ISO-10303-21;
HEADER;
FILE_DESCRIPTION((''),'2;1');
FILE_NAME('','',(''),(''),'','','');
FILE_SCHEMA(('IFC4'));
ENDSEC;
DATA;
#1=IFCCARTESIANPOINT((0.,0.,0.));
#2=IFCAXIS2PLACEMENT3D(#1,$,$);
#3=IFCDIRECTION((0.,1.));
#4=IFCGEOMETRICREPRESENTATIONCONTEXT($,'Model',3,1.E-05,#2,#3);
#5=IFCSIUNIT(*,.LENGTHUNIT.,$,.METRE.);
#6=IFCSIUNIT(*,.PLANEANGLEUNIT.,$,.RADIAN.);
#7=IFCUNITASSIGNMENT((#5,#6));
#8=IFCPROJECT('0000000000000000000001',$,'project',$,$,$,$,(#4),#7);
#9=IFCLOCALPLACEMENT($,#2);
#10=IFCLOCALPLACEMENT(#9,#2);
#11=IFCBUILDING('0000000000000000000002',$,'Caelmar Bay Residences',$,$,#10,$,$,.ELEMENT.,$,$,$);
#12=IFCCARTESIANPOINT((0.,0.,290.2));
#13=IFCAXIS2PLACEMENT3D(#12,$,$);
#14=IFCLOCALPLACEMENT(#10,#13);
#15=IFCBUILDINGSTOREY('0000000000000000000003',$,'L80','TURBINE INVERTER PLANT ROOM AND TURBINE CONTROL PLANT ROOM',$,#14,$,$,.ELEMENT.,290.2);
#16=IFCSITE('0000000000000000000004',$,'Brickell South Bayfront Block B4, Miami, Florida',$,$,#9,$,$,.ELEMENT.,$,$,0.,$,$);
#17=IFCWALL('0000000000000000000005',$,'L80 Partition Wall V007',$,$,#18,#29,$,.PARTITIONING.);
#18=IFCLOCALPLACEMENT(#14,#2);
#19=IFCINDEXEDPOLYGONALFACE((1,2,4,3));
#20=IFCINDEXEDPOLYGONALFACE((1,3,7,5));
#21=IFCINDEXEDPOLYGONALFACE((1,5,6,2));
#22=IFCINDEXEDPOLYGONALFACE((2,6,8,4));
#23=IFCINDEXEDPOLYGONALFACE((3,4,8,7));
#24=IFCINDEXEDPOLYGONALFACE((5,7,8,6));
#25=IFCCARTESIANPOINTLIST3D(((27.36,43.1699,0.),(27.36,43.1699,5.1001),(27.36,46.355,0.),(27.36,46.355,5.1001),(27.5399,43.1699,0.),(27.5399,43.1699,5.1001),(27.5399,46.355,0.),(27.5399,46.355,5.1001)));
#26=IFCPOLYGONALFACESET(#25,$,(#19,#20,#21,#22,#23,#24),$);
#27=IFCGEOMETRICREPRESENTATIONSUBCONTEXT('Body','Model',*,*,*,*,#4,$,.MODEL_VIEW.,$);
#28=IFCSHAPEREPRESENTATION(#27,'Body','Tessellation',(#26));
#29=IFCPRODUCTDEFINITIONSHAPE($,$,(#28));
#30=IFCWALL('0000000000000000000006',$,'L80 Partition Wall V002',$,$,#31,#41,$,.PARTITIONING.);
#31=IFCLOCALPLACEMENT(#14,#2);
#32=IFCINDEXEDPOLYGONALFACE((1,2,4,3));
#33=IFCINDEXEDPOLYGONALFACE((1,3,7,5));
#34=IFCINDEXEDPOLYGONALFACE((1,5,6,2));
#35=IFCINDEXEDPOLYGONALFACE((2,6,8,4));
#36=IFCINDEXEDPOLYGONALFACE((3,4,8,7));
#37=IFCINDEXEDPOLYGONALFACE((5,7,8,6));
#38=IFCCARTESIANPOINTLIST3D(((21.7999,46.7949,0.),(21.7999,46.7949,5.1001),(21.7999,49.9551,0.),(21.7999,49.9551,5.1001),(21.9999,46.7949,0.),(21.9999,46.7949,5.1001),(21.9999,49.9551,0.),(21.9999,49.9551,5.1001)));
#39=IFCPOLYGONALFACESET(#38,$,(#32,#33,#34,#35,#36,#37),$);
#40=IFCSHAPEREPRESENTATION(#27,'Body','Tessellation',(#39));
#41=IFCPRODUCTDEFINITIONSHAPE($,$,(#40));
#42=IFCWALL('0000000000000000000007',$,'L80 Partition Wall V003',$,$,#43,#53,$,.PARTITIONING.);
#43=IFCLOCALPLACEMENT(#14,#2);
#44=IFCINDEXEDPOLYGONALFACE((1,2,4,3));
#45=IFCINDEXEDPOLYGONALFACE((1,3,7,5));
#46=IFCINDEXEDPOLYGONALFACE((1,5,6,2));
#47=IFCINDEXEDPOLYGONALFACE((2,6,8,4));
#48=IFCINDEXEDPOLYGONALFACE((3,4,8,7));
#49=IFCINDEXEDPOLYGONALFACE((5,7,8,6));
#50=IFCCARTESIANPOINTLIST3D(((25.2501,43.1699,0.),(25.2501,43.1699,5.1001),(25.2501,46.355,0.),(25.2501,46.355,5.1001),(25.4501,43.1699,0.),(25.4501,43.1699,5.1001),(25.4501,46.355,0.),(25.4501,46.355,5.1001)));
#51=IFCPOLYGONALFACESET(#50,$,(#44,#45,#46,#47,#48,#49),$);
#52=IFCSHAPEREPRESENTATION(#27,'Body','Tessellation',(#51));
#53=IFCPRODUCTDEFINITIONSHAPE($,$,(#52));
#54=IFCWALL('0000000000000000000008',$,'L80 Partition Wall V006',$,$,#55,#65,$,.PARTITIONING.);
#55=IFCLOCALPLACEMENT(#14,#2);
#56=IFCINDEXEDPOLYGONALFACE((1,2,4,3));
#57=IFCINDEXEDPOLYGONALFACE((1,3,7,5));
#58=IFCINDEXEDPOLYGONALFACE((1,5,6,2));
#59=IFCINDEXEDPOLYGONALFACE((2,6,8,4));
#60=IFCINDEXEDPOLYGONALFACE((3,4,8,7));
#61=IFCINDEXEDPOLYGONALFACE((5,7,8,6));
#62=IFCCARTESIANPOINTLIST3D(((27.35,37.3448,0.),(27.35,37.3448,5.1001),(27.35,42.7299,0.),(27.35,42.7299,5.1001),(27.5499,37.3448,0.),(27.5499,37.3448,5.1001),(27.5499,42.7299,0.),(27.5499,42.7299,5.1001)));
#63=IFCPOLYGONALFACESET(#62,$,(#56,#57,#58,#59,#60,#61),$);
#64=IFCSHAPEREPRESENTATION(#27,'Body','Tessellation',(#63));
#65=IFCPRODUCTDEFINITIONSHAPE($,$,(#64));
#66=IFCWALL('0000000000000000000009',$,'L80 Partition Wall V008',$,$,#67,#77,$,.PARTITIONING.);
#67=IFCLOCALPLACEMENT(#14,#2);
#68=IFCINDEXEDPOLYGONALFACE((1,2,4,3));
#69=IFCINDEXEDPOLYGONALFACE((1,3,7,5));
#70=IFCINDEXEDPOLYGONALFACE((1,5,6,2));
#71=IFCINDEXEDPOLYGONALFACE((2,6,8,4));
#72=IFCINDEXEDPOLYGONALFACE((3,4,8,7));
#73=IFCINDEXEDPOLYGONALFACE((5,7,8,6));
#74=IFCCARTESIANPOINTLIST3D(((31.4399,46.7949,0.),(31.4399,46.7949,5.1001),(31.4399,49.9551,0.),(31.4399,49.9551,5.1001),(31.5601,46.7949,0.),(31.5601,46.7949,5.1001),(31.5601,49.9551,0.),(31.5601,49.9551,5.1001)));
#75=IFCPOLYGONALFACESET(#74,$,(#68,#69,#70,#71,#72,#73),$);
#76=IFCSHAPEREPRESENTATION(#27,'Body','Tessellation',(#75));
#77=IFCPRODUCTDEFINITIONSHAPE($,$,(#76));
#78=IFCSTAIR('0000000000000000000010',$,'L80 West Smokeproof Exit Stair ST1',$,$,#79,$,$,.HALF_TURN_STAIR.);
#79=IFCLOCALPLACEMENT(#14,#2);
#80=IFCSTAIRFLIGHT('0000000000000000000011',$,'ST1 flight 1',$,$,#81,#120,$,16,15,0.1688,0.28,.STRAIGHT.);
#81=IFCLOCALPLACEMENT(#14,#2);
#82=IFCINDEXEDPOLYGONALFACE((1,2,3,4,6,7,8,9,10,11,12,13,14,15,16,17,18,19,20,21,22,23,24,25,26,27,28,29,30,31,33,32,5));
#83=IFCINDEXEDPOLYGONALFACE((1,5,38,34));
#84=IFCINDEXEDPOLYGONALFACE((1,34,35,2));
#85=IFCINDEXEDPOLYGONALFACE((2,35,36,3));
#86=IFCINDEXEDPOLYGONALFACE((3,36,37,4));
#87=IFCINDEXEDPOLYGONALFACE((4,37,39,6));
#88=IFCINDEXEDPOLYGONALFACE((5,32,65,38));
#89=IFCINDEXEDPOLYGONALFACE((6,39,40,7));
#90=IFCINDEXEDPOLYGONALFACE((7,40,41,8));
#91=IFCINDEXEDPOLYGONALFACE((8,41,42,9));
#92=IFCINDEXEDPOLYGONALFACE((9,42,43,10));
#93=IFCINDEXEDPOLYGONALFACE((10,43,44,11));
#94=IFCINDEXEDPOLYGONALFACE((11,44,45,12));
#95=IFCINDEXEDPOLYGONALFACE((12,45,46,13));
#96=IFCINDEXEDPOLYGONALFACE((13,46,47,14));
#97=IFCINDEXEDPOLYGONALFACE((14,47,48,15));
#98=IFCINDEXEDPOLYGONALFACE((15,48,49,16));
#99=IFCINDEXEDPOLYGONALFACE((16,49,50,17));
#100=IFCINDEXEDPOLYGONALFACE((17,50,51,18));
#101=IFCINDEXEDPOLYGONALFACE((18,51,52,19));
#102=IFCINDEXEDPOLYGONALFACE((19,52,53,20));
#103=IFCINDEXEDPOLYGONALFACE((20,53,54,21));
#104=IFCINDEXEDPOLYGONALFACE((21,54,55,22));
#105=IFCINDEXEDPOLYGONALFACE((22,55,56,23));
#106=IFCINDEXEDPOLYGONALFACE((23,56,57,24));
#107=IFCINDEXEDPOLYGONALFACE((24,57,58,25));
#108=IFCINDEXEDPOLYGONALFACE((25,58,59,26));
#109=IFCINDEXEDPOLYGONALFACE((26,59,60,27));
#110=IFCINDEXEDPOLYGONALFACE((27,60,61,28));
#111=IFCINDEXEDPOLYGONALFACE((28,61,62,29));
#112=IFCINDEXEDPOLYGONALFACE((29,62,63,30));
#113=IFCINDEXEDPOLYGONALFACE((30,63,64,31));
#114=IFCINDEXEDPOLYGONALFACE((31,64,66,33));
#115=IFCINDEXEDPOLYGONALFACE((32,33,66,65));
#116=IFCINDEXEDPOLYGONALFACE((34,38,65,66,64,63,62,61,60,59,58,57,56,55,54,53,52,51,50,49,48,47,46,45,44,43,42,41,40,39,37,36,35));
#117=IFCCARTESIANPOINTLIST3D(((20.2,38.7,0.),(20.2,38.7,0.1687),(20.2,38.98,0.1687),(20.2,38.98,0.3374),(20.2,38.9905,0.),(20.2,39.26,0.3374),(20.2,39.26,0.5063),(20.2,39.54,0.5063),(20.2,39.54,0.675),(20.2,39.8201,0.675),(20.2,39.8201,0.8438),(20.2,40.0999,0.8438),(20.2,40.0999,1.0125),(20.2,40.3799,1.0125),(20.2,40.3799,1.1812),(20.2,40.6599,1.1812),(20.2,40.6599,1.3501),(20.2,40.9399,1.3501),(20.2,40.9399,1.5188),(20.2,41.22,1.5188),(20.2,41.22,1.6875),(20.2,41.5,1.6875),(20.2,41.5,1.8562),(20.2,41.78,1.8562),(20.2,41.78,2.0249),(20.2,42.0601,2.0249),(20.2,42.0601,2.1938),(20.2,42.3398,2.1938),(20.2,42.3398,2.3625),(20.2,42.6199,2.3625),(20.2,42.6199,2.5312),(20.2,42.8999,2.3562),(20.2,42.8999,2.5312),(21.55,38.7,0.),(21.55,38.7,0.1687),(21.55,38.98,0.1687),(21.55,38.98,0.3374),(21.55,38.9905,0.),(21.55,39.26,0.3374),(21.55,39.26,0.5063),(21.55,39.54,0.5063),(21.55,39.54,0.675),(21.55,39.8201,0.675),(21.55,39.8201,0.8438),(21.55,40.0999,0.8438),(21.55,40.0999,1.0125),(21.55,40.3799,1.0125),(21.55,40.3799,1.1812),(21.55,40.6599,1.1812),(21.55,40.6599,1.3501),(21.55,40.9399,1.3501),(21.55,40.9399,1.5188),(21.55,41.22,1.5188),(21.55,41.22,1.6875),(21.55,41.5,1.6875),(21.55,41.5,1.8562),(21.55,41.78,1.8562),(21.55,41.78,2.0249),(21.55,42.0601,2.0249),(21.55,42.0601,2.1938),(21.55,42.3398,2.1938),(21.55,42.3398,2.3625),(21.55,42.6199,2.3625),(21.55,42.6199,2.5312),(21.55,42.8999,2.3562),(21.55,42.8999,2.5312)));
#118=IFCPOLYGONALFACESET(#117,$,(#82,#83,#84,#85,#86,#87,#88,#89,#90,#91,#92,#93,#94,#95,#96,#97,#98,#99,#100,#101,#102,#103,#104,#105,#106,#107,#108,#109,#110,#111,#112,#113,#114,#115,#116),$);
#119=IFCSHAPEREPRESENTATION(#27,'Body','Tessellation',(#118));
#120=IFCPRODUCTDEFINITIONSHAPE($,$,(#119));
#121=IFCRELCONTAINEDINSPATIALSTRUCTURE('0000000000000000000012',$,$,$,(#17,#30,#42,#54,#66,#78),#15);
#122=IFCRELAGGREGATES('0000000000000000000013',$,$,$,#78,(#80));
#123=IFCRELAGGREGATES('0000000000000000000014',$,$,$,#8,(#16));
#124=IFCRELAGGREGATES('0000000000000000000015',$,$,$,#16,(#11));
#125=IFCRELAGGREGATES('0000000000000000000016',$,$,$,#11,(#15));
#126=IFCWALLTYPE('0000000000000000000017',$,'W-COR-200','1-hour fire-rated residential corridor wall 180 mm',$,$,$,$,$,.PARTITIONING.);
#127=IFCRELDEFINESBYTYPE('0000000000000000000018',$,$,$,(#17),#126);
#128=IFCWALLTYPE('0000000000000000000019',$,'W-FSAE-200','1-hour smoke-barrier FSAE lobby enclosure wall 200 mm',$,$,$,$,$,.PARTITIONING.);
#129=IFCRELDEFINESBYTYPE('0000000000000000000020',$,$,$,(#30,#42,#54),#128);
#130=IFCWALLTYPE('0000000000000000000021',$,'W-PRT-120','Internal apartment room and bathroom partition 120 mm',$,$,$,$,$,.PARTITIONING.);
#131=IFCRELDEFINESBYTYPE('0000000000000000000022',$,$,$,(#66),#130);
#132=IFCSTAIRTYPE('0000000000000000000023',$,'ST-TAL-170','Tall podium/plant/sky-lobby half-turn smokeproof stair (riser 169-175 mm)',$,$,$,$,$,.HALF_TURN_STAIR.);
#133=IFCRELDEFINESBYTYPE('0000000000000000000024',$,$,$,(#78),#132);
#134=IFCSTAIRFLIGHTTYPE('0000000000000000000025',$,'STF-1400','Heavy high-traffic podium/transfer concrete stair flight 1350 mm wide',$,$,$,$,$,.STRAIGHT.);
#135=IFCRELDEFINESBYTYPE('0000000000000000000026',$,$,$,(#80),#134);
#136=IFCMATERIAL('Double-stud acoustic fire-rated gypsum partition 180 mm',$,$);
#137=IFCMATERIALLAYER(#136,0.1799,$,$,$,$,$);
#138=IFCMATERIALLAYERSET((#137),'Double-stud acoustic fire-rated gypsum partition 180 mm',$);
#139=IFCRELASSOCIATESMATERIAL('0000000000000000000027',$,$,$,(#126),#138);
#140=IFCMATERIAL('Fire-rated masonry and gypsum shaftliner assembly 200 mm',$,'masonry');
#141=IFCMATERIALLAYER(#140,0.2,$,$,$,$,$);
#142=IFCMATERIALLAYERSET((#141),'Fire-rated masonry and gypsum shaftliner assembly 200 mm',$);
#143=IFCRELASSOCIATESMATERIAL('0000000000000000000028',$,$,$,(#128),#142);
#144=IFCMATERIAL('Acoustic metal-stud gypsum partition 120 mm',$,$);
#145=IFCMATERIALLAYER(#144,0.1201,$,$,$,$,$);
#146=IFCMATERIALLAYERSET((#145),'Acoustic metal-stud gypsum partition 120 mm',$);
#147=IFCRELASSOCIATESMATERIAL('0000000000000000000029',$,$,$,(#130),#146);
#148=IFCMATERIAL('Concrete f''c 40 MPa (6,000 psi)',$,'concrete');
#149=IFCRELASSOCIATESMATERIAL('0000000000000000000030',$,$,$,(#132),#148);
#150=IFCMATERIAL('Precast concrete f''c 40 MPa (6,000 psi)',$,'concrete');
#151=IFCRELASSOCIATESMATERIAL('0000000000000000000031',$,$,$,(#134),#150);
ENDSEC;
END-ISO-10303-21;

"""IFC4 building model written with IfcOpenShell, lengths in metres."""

from ifc_helpers import new_model, si_unit, direction, frame, frame_2d, origin, place, context, subcontext, project, spatial, polyline, rectangle, outline, extrude, material, layer, layer_set, type_object, element, aggregate, save


model = new_model("IFC4")

# Units and contexts
model_context = context("Model", 3, precision=1e-05, world=origin(), true_north=direction((0.0, 1.0)))
body_context = subcontext(model_context, "Body", "Model", "MODEL_VIEW")
ifc_project = project(units=[si_unit("LENGTHUNIT", "METRE"), si_unit("PLANEANGLEUNIT", "RADIAN")], contexts=[model_context])

# Site, building, storey
site_placement = place(None, origin())
site = spatial("IfcSite", under=ifc_project, at=site_placement, Name="Brickell South Bayfront Block B4, Miami, Florida", CompositionType="ELEMENT", RefElevation=0.0)
building_placement = place(site_placement, origin())
building = spatial("IfcBuilding", under=site, at=building_placement, Name="Caelmar Bay Residences", CompositionType="ELEMENT")
storey_placement = place(building_placement, frame((0.0, 0.0, 290.2)))
storey = spatial("IfcBuildingStorey", under=building, at=storey_placement, Name="L80", Description="TURBINE INVERTER PLANT ROOM AND TURBINE CONTROL PLANT ROOM", CompositionType="ELEMENT", Elevation=290.2)

# Walls
ifc_material_1 = material(Name="Double-stud acoustic fire-rated gypsum partition 180 mm")
ifc_layer_1 = layer(ifc_material_1, 0.1799)
ifc_layer_set_1 = layer_set([ifc_layer_1], Name="Double-stud acoustic fire-rated gypsum partition 180 mm")
wall_type_1 = type_object("IfcWallType", Name="W-COR-200", Description="1-hour fire-rated residential corridor wall 180 mm", PredefinedType="PARTITIONING", material=ifc_layer_set_1)
wall_1_placement = place(storey_placement, frame((27.45, 43.1699, 0.0), z_axis=(0.0, 0.0, 1.0), x_axis=(0.0, 1.0, 0.0)))
element("IfcWall", 1, at=wall_1_placement, inside=storey, type_object=wall_type_1, Name="L80 Partition Wall V007", PredefinedType="PARTITIONING", context=body_context, shape_type="SweptSolid", body=[
    extrude(rectangle(XDim=3.1851, YDim=0.1799, at=frame_2d((1.5925, 0.0))), origin(), (0.0, 0.0, 1.0), 5.1001),
])
ifc_material_2 = material(Name="Fire-rated masonry and gypsum shaftliner assembly 200 mm", Category="masonry")
ifc_layer_2 = layer(ifc_material_2, 0.2)
ifc_layer_set_2 = layer_set([ifc_layer_2], Name="Fire-rated masonry and gypsum shaftliner assembly 200 mm")
wall_type_2 = type_object("IfcWallType", Name="W-FSAE-200", Description="1-hour smoke-barrier FSAE lobby enclosure wall 200 mm", PredefinedType="PARTITIONING", material=ifc_layer_set_2)
wall_2_placement = place(storey_placement, frame((21.8999, 46.7949, 0.0), z_axis=(0.0, 0.0, 1.0), x_axis=(0.0, 1.0, 0.0)))
element("IfcWall", 2, at=wall_2_placement, inside=storey, type_object=wall_type_2, Name="L80 Partition Wall V002", PredefinedType="PARTITIONING", context=body_context, shape_type="SweptSolid", body=[
    extrude(rectangle(XDim=3.1602, YDim=0.2, at=frame_2d((1.5801, 0.0))), origin(), (0.0, 0.0, 1.0), 5.1001),
])
wall_3_placement = place(storey_placement, frame((25.3501, 43.1699, 0.0), z_axis=(0.0, 0.0, 1.0), x_axis=(0.0, 1.0, 0.0)))
element("IfcWall", 3, at=wall_3_placement, inside=storey, type_object=wall_type_2, Name="L80 Partition Wall V003", PredefinedType="PARTITIONING", context=body_context, shape_type="SweptSolid", body=[
    extrude(rectangle(XDim=3.1851, YDim=0.2, at=frame_2d((1.5925, 0.0))), origin(), (0.0, 0.0, 1.0), 5.1001),
])
wall_4_placement = place(storey_placement, frame((27.45, 37.345, 0.0), z_axis=(0.0, 0.0, 1.0), x_axis=(0.0, 1.0, 0.0)))
element("IfcWall", 4, at=wall_4_placement, inside=storey, type_object=wall_type_2, Name="L80 Partition Wall V006", PredefinedType="PARTITIONING", context=body_context, shape_type="SweptSolid", body=[
    extrude(rectangle(XDim=5.385, YDim=0.2, at=frame_2d((2.6924, 0.0))), origin(), (0.0, 0.0, 1.0), 5.1001),
])
ifc_material_3 = material(Name="Acoustic metal-stud gypsum partition 120 mm")
ifc_layer_3 = layer(ifc_material_3, 0.1201)
ifc_layer_set_3 = layer_set([ifc_layer_3], Name="Acoustic metal-stud gypsum partition 120 mm")
wall_type_3 = type_object("IfcWallType", Name="W-PRT-120", Description="Internal apartment room and bathroom partition 120 mm", PredefinedType="PARTITIONING", material=ifc_layer_set_3)
wall_5_placement = place(storey_placement, frame((31.5, 46.7949, 0.0), z_axis=(0.0, 0.0, 1.0), x_axis=(0.0, 1.0, 0.0)))
element("IfcWall", 5, at=wall_5_placement, inside=storey, type_object=wall_type_3, Name="L80 Partition Wall V008", PredefinedType="PARTITIONING", context=body_context, shape_type="SweptSolid", body=[
    extrude(rectangle(XDim=3.1602, YDim=0.1201, at=frame_2d((1.5801, 0.0))), origin(), (0.0, 0.0, 1.0), 5.1001),
])

# Stair, stair flight
ifc_material_4 = material(Name="Concrete f'c 40 MPa (6,000 psi)", Category="concrete")
stair_type = type_object("IfcStairType", Name="ST-TAL-170", Description="Tall podium/plant/sky-lobby half-turn smokeproof stair (riser 169-175 mm)", PredefinedType="HALF_TURN_STAIR", material=ifc_material_4)
stair_placement = place(storey_placement, origin())
stair = element("IfcStair", 6, at=stair_placement, inside=storey, type_object=stair_type, Name="L80 West Smokeproof Exit Stair ST1", PredefinedType="HALF_TURN_STAIR")
ifc_material_5 = material(Name="Precast concrete f'c 40 MPa (6,000 psi)", Category="concrete")
stair_flight_type = type_object("IfcStairFlightType", Name="STF-1400", Description="Heavy high-traffic podium/transfer concrete stair flight 1350 mm wide", PredefinedType="STRAIGHT", material=ifc_material_5)
stair_flight_placement = place(storey_placement, frame((20.875, 38.7, 0.0), z_axis=(0.0, 0.0, 1.0), x_axis=(0.0, 1.0, 0.0)))
stair_flight = element("IfcStairFlight", 7, at=stair_flight_placement, type_object=stair_flight_type, Name="ST1 flight 1", NumberOfRisers=16, NumberOfTreads=15, PredefinedType="STRAIGHT", RiserHeight=0.1688, TreadLength=0.28, context=body_context, shape_type="SweptSolid", body=[
    extrude(outline(polyline([(0.0, 0.0), (0.0, 0.1687), (0.28, 0.1687), (0.28, 0.3374), (0.5601, 0.3374), (0.5601, 0.5063), (0.8401, 0.5063), (0.8401, 0.675), (1.1201, 0.675), (1.1201, 0.8438), (1.3999, 0.8438), (1.3999, 1.0125), (1.6799, 1.0125), (1.6799, 1.1812), (1.96, 1.1812), (1.96, 1.3501), (2.24, 1.3501), (2.24, 1.5188), (2.52, 1.5188), (2.52, 1.6875), (2.8, 1.6875), (2.8, 1.8562), (3.0801, 1.8562), (3.0801, 2.0249), (3.3601, 2.0249), (3.3601, 2.1938), (3.6399, 2.1938), (3.6399, 2.3625), (3.9199, 2.3625), (3.9199, 2.5312), (4.2, 2.5312), (4.2, 2.7), (4.2, 2.3562), (0.2905, 0.0), (0.0, 0.0)])), frame((0.0, 0.675, 0.0), z_axis=(0.0, -1.0, 0.0), x_axis=(1.0, 0.0, 0.0)), (0.0, 0.0, 1.0), 1.3501),
])
aggregate(stair, [stair_flight])

save(model, "model.ifc")
